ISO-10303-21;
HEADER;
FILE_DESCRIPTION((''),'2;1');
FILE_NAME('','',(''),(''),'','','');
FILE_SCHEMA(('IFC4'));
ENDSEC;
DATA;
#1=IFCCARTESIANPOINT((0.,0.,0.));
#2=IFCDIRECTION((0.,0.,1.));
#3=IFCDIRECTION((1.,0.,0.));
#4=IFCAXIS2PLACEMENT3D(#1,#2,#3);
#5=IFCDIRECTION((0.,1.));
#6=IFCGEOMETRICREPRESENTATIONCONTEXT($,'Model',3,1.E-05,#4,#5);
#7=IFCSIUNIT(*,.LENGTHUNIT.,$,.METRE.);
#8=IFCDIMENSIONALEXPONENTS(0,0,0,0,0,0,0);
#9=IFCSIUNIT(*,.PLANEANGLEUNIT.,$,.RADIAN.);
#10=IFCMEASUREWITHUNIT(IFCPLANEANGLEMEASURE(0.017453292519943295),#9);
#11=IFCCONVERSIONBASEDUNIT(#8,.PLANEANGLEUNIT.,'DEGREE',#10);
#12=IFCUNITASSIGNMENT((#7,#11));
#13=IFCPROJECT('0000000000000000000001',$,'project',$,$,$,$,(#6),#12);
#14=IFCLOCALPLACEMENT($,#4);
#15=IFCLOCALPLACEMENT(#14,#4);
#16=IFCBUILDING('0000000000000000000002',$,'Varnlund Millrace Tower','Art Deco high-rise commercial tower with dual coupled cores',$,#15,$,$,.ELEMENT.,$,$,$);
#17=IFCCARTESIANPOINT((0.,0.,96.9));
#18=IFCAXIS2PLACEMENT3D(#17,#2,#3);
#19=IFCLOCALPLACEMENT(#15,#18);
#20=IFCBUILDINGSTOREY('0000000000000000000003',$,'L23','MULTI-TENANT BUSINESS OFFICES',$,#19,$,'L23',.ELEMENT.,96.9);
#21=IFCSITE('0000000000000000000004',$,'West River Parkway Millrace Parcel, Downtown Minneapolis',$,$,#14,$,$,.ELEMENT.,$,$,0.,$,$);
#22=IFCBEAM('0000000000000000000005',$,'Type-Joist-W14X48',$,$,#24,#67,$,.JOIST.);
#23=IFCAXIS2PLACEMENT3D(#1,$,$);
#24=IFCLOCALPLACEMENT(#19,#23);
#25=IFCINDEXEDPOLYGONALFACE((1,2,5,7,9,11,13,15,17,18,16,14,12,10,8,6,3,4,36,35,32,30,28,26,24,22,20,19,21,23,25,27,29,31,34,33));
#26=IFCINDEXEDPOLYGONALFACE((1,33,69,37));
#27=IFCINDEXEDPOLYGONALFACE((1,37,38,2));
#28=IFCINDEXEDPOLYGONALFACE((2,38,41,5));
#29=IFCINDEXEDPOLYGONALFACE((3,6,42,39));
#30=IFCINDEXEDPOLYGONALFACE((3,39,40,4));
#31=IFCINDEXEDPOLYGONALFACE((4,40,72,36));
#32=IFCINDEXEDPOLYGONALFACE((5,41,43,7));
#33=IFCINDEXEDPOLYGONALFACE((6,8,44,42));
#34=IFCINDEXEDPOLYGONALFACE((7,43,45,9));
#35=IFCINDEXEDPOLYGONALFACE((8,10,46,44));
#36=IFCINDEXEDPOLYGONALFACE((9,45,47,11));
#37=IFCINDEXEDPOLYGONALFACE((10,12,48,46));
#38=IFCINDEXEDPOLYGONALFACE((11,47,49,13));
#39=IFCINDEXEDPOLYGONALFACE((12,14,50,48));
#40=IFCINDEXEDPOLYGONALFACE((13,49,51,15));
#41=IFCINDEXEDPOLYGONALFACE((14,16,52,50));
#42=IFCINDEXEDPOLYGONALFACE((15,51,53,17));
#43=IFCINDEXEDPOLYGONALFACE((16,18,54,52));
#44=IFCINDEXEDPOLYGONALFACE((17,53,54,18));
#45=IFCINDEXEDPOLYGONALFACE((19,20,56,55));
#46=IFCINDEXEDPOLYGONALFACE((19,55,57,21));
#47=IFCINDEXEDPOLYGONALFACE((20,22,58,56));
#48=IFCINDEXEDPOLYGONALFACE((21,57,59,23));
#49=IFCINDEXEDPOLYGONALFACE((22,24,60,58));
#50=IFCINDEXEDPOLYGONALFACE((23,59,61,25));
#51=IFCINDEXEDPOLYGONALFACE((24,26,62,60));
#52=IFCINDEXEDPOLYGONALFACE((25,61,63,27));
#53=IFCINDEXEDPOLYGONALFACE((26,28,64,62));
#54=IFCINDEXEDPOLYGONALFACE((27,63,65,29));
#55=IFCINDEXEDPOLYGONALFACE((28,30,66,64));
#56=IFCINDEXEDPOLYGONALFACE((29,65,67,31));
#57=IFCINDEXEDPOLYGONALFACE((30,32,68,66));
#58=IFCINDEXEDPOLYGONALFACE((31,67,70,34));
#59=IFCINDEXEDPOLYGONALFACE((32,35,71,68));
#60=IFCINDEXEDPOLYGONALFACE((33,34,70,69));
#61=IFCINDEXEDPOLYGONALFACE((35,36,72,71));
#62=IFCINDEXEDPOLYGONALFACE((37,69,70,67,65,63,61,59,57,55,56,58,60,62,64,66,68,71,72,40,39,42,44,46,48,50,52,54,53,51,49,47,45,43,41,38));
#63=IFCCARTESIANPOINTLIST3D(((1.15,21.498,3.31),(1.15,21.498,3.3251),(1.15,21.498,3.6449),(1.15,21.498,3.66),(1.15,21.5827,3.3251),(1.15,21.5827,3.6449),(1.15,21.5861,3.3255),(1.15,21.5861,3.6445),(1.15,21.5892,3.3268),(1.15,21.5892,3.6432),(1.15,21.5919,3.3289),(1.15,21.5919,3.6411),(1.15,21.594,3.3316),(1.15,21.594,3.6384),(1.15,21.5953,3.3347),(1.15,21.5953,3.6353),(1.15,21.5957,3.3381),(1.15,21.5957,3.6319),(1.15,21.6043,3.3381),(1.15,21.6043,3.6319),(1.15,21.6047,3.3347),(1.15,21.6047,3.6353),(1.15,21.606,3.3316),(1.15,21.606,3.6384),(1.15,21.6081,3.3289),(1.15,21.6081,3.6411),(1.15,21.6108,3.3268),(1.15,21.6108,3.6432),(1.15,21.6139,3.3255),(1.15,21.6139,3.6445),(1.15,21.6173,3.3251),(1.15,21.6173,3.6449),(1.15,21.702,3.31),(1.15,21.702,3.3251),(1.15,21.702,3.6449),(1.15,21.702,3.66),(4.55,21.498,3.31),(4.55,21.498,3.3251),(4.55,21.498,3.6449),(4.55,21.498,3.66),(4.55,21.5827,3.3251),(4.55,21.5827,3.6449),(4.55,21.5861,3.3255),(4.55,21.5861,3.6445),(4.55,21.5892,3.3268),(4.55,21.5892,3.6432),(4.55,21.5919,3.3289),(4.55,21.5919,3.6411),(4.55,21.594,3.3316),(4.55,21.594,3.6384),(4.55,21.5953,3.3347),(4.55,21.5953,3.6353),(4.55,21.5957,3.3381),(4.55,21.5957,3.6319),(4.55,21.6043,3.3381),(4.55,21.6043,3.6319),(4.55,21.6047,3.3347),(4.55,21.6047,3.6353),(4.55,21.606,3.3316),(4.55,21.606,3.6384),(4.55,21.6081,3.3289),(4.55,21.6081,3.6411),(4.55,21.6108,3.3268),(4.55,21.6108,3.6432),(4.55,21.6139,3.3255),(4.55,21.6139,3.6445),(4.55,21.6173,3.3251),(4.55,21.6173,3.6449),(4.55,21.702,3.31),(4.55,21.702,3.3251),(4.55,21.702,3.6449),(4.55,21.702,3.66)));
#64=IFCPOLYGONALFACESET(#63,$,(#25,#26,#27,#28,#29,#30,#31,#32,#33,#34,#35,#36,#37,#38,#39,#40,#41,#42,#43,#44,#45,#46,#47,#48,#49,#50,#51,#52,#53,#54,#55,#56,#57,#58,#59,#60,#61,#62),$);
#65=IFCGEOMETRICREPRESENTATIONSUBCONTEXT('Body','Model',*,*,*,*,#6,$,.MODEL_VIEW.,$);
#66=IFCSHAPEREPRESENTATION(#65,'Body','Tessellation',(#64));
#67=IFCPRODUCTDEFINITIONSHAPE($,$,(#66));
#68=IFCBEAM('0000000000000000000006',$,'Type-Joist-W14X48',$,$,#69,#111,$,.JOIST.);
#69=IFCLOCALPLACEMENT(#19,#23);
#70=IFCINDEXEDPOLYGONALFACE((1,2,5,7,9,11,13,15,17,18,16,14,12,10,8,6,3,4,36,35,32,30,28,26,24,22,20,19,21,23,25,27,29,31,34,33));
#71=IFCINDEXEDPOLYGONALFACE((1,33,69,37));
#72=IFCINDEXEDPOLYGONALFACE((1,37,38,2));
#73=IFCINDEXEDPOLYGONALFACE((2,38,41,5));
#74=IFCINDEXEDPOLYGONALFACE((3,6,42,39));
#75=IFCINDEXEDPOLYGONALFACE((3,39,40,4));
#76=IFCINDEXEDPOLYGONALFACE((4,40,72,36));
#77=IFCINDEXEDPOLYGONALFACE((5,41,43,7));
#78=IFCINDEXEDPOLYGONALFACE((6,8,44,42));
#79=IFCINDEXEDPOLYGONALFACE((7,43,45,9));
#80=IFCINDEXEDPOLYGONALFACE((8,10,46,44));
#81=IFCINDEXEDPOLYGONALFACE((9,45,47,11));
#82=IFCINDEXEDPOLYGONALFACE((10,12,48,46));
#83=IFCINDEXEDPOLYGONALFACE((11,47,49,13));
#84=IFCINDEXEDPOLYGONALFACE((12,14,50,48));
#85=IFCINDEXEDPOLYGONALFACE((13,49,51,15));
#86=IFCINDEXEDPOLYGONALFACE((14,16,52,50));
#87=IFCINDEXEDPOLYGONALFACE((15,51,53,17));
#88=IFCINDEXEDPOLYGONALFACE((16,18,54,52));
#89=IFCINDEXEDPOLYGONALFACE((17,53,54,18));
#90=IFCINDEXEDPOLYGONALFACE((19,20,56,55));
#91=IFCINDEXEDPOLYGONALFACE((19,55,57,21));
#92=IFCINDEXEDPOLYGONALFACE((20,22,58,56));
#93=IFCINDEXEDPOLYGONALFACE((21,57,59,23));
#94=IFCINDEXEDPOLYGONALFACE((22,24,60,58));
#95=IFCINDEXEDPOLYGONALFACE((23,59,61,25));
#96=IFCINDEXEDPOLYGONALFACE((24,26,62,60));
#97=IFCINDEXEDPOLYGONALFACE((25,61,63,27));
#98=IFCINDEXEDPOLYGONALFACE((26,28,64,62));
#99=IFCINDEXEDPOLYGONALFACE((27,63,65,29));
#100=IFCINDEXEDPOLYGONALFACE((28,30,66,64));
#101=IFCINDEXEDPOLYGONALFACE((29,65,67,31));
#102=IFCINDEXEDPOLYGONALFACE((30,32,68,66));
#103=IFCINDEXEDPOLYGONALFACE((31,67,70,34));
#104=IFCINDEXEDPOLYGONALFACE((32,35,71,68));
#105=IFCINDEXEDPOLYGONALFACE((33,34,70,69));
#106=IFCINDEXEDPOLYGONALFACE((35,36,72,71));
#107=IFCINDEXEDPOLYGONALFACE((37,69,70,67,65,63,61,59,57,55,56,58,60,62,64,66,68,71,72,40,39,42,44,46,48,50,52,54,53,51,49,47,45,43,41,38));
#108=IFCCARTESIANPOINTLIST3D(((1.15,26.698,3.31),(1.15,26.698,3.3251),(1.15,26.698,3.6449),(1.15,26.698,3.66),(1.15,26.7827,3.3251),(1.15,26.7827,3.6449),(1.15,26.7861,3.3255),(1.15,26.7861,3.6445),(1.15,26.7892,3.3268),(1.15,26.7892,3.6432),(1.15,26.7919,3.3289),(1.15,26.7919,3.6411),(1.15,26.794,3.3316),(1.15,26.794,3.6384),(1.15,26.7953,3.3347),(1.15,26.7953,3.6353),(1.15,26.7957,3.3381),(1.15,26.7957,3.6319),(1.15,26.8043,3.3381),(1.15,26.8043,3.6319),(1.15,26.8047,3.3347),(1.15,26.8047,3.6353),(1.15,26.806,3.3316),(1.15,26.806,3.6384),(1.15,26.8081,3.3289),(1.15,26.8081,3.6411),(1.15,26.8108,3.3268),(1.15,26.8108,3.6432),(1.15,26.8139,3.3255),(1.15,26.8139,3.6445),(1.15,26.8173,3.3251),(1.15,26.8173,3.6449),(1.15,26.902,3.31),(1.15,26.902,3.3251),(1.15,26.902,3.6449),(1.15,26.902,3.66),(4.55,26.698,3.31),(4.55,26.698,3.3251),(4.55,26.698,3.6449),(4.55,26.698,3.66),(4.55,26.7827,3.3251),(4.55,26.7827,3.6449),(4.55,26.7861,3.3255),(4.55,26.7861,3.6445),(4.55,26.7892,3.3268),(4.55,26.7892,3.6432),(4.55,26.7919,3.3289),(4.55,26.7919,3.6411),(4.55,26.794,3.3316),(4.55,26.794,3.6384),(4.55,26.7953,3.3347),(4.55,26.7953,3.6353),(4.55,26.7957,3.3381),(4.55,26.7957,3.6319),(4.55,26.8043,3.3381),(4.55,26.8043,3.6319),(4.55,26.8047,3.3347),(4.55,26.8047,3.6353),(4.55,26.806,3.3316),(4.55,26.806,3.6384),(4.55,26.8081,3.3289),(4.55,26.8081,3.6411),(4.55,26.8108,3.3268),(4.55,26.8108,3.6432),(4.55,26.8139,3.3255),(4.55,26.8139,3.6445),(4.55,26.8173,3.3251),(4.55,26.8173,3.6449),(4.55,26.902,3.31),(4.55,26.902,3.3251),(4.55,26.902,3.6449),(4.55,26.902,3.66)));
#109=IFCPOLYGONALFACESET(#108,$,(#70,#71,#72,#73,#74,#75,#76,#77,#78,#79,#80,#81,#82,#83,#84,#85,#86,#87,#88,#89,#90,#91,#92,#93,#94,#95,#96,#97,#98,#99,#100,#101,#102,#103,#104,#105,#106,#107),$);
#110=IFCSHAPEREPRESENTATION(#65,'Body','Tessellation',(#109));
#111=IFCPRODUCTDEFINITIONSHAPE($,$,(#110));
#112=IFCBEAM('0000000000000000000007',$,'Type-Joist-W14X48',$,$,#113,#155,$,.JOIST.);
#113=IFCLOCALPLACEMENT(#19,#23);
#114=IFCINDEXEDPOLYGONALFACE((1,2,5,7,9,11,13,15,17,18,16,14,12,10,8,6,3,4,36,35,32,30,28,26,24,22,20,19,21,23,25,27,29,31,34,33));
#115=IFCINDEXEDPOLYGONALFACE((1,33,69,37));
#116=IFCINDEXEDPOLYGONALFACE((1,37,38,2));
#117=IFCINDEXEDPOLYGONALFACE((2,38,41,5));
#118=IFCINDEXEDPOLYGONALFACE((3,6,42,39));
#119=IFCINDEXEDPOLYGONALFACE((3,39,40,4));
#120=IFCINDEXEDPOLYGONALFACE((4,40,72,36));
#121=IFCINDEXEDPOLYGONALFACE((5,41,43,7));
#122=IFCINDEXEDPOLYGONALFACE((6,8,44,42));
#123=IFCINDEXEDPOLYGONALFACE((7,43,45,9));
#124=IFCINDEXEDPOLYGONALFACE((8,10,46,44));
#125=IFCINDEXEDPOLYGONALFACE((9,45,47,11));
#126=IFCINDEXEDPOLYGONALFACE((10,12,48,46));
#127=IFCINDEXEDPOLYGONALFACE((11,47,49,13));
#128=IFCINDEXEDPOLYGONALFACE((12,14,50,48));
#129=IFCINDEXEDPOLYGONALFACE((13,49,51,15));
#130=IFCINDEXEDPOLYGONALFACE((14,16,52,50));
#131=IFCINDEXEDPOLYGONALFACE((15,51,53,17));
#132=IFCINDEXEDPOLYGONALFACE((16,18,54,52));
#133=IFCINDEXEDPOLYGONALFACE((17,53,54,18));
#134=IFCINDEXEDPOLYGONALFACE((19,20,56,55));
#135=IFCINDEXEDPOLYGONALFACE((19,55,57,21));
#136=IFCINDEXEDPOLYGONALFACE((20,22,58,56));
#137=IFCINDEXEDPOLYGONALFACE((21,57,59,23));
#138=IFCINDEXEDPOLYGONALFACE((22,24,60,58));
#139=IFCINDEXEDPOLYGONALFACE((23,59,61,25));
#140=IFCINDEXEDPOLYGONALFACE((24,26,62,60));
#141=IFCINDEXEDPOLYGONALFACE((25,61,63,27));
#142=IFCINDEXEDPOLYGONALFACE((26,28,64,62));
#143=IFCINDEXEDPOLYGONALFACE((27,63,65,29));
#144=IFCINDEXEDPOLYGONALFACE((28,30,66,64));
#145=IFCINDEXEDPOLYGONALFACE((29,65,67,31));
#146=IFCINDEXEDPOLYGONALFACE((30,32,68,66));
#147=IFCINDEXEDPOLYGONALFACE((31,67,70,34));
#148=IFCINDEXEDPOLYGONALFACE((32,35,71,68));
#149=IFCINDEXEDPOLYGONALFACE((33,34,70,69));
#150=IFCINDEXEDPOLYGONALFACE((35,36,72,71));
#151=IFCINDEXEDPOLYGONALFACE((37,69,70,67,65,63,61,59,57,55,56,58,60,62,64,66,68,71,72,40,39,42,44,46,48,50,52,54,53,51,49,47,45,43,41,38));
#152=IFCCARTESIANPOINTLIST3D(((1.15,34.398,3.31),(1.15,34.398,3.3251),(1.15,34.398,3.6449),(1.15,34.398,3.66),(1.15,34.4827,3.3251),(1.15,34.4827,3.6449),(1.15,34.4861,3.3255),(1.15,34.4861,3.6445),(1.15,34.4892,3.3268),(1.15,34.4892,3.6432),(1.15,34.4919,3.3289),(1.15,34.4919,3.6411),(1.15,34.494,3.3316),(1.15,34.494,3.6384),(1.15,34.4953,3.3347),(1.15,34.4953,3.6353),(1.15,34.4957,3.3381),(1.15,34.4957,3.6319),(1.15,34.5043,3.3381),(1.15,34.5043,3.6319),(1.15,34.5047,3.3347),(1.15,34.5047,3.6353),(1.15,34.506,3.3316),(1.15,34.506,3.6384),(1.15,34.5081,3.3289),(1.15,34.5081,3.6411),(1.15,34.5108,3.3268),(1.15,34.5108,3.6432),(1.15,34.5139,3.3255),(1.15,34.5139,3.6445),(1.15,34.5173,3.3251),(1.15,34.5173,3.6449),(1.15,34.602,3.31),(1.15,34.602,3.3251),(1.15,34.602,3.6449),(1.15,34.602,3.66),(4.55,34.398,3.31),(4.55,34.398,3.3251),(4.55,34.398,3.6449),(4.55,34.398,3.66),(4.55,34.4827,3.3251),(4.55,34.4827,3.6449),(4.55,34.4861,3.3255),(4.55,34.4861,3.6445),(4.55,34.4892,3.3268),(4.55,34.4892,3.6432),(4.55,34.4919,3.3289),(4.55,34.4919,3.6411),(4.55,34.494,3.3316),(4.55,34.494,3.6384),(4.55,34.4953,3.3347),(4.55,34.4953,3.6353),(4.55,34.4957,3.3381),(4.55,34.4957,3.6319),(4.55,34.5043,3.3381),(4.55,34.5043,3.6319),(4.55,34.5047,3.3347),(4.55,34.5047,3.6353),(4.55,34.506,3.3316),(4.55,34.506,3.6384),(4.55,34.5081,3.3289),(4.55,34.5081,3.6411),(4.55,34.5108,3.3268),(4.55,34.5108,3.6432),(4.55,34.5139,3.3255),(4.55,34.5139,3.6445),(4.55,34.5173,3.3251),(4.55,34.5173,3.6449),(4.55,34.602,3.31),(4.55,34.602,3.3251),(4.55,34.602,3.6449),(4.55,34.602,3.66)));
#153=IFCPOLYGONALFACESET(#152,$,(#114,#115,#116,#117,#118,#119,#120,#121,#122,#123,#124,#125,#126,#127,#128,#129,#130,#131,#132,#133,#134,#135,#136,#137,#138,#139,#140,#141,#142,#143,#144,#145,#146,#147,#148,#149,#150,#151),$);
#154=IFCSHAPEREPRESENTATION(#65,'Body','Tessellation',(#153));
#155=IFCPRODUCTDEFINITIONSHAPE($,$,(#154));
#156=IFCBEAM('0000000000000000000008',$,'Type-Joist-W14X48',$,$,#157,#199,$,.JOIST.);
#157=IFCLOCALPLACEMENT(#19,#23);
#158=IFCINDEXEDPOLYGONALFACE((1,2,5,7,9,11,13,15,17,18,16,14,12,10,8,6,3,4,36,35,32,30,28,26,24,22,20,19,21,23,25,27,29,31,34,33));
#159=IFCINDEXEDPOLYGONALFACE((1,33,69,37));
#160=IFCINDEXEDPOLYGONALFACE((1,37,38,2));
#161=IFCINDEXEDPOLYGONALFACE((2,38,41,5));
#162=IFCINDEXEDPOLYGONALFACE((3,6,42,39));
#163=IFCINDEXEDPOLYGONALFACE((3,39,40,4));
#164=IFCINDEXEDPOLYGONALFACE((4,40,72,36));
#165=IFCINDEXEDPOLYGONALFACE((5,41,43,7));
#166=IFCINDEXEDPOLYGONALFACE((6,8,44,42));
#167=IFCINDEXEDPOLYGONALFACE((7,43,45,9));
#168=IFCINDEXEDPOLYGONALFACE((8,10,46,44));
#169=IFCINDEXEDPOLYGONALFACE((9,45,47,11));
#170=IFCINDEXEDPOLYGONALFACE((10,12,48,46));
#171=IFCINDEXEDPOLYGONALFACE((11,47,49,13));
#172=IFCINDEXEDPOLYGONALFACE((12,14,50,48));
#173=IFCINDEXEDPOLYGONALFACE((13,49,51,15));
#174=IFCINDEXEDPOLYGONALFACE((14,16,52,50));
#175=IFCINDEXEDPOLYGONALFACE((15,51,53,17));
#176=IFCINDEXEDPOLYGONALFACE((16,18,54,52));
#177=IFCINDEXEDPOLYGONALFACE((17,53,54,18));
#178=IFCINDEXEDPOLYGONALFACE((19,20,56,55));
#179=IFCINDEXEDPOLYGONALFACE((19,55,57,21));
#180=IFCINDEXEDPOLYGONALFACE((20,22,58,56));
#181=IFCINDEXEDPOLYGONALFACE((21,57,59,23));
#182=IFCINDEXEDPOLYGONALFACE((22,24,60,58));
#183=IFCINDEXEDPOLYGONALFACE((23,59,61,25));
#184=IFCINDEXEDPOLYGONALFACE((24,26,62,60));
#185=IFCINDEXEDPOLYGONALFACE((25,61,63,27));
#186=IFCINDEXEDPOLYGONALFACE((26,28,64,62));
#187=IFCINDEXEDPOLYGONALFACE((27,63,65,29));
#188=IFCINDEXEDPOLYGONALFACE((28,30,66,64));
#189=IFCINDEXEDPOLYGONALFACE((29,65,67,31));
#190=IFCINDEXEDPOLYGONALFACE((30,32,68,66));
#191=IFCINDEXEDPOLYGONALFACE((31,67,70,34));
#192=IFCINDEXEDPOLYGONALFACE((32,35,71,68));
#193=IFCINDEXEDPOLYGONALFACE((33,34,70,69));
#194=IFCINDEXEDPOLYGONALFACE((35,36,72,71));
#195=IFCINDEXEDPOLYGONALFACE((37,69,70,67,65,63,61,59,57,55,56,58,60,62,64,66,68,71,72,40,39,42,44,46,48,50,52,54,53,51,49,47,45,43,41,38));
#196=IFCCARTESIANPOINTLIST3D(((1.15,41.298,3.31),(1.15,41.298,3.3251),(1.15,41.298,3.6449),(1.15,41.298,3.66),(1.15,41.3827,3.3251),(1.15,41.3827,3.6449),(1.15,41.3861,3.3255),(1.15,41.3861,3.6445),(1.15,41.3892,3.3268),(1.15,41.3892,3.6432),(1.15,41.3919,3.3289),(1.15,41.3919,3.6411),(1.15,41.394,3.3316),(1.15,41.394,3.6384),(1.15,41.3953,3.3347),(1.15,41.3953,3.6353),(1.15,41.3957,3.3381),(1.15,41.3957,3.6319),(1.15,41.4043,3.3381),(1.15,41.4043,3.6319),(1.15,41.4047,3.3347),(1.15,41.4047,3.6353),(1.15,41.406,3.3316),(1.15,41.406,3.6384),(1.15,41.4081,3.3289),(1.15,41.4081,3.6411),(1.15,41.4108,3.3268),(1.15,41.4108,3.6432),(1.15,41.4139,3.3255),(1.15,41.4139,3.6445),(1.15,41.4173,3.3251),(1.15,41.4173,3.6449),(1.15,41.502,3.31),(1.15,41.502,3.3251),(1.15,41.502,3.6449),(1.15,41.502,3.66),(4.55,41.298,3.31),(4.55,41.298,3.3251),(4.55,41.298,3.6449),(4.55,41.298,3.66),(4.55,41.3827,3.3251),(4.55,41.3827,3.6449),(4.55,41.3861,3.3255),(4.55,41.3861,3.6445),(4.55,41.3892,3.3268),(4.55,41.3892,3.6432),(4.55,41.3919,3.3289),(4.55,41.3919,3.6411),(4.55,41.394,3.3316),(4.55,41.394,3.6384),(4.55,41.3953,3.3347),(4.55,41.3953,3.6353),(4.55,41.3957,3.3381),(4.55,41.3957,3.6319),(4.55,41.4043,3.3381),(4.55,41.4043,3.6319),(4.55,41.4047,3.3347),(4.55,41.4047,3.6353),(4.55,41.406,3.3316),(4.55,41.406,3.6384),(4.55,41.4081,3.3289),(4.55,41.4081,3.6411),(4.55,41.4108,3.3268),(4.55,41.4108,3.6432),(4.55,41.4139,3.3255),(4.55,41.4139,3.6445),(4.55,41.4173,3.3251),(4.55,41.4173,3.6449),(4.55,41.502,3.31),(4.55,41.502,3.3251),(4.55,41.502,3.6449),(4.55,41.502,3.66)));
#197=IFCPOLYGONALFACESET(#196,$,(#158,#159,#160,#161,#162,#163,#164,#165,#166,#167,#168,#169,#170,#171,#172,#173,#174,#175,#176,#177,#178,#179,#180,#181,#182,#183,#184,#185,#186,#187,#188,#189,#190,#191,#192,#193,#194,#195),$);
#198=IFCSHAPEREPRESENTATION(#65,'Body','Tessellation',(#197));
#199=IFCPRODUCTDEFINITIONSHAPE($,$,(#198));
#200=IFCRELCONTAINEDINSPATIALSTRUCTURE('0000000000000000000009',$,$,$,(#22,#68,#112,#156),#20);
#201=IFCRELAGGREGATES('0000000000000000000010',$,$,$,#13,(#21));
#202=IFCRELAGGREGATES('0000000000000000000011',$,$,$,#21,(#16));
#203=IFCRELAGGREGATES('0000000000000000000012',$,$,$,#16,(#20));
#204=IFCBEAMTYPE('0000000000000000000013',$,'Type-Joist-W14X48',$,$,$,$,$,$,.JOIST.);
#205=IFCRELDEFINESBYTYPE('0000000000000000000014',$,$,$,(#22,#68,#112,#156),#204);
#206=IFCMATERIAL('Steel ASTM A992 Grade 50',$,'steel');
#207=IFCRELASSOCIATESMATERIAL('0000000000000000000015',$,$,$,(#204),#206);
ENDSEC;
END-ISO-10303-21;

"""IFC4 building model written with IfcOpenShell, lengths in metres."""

from ifc_helpers import new_model, entity, si_unit, converted_unit, direction, frame, origin_with_axes, origin_2d_with_axis, place, context, subcontext, project, spatial, i_section, extrude, material, material_profile, profile_set, type_object, element, save


model = new_model("IFC4")

# Units and contexts
model_context = context("Model", 3, precision=1e-05, world=origin_with_axes(), true_north=direction((0.0, 1.0)))
body_context = subcontext(model_context, "Body", "Model", "MODEL_VIEW")
ifc_project = project(units=[si_unit("LENGTHUNIT", "METRE"), converted_unit("PLANEANGLEUNIT", "DEGREE", entity("IfcPlaneAngleMeasure", 0.017453292519943295), si_unit("PLANEANGLEUNIT", "RADIAN"), dimensions=[0, 0, 0, 0, 0, 0, 0])], contexts=[model_context])

# Site, building, storey
site_placement = place(None, origin_with_axes())
site = spatial("IfcSite", under=ifc_project, at=site_placement, Name="West River Parkway Millrace Parcel, Downtown Minneapolis", CompositionType="ELEMENT", RefElevation=0.0)
building_placement = place(site_placement, origin_with_axes())
building = spatial("IfcBuilding", under=site, at=building_placement, Name="Varnlund Millrace Tower", Description="Art Deco high-rise commercial tower with dual coupled cores", CompositionType="ELEMENT")
storey_placement = place(building_placement, frame((0.0, 0.0, 96.9), z_axis=(0.0, 0.0, 1.0), x_axis=(1.0, 0.0, 0.0)))
storey = spatial("IfcBuildingStorey", under=building, at=storey_placement, Name="L23", Description="MULTI-TENANT BUSINESS OFFICES", LongName="L23", CompositionType="ELEMENT", Elevation=96.9)

# Beams
ifc_material_1 = material(Name="Steel ASTM A992 Grade 50", Category="steel")
ifc_material_profile_1 = material_profile(ifc_material_1, i_section(OverallWidth=0.204, OverallDepth=0.35, WebThickness=0.0086, FlangeThickness=0.0151, FilletRadius=0.013, at=origin_2d_with_axis()), Name="Steel ASTM A992 Grade 50")
ifc_profile_set_1 = profile_set([ifc_material_profile_1], Name="Steel ASTM A992 Grade 50")
beam_type_1 = type_object("IfcBeamType", Name="Type-Joist-W14X48", PredefinedType="JOIST", material=ifc_profile_set_1)
for number, where, z_axis, x_axis, name in (
    (1, (1.15, 21.6, 3.485), (1.0, 0.0, 0.0), (0.0, 1.0, 0.0), "Type-Joist-W14X48"),
    (2, (1.15, 26.8, 3.485), (1.0, 0.0, 0.0), (0.0, 1.0, 0.0), "Type-Joist-W14X48"),
    (3, (1.15, 34.5, 3.485), (1.0, 0.0, 0.0), (0.0, 1.0, 0.0), "Type-Joist-W14X48"),
    (4, (1.15, 41.4, 3.485), (1.0, 0.0, 0.0), (0.0, 1.0, 0.0), "Type-Joist-W14X48"),
):
    element("IfcBeam", number, at=place(storey_placement, frame(where, z_axis=z_axis, x_axis=x_axis)), inside=storey, type_object=beam_type_1, Name=name, PredefinedType="JOIST", context=body_context, shape_type="SweptSolid", body=[
        extrude(i_section(OverallWidth=0.204, OverallDepth=0.35, WebThickness=0.0086, FlangeThickness=0.0151, FilletRadius=0.013, at=origin_2d_with_axis()), origin_with_axes(), (0.0, 0.0, 1.0), 3.4),
    ])

save(model, "model.ifc")
